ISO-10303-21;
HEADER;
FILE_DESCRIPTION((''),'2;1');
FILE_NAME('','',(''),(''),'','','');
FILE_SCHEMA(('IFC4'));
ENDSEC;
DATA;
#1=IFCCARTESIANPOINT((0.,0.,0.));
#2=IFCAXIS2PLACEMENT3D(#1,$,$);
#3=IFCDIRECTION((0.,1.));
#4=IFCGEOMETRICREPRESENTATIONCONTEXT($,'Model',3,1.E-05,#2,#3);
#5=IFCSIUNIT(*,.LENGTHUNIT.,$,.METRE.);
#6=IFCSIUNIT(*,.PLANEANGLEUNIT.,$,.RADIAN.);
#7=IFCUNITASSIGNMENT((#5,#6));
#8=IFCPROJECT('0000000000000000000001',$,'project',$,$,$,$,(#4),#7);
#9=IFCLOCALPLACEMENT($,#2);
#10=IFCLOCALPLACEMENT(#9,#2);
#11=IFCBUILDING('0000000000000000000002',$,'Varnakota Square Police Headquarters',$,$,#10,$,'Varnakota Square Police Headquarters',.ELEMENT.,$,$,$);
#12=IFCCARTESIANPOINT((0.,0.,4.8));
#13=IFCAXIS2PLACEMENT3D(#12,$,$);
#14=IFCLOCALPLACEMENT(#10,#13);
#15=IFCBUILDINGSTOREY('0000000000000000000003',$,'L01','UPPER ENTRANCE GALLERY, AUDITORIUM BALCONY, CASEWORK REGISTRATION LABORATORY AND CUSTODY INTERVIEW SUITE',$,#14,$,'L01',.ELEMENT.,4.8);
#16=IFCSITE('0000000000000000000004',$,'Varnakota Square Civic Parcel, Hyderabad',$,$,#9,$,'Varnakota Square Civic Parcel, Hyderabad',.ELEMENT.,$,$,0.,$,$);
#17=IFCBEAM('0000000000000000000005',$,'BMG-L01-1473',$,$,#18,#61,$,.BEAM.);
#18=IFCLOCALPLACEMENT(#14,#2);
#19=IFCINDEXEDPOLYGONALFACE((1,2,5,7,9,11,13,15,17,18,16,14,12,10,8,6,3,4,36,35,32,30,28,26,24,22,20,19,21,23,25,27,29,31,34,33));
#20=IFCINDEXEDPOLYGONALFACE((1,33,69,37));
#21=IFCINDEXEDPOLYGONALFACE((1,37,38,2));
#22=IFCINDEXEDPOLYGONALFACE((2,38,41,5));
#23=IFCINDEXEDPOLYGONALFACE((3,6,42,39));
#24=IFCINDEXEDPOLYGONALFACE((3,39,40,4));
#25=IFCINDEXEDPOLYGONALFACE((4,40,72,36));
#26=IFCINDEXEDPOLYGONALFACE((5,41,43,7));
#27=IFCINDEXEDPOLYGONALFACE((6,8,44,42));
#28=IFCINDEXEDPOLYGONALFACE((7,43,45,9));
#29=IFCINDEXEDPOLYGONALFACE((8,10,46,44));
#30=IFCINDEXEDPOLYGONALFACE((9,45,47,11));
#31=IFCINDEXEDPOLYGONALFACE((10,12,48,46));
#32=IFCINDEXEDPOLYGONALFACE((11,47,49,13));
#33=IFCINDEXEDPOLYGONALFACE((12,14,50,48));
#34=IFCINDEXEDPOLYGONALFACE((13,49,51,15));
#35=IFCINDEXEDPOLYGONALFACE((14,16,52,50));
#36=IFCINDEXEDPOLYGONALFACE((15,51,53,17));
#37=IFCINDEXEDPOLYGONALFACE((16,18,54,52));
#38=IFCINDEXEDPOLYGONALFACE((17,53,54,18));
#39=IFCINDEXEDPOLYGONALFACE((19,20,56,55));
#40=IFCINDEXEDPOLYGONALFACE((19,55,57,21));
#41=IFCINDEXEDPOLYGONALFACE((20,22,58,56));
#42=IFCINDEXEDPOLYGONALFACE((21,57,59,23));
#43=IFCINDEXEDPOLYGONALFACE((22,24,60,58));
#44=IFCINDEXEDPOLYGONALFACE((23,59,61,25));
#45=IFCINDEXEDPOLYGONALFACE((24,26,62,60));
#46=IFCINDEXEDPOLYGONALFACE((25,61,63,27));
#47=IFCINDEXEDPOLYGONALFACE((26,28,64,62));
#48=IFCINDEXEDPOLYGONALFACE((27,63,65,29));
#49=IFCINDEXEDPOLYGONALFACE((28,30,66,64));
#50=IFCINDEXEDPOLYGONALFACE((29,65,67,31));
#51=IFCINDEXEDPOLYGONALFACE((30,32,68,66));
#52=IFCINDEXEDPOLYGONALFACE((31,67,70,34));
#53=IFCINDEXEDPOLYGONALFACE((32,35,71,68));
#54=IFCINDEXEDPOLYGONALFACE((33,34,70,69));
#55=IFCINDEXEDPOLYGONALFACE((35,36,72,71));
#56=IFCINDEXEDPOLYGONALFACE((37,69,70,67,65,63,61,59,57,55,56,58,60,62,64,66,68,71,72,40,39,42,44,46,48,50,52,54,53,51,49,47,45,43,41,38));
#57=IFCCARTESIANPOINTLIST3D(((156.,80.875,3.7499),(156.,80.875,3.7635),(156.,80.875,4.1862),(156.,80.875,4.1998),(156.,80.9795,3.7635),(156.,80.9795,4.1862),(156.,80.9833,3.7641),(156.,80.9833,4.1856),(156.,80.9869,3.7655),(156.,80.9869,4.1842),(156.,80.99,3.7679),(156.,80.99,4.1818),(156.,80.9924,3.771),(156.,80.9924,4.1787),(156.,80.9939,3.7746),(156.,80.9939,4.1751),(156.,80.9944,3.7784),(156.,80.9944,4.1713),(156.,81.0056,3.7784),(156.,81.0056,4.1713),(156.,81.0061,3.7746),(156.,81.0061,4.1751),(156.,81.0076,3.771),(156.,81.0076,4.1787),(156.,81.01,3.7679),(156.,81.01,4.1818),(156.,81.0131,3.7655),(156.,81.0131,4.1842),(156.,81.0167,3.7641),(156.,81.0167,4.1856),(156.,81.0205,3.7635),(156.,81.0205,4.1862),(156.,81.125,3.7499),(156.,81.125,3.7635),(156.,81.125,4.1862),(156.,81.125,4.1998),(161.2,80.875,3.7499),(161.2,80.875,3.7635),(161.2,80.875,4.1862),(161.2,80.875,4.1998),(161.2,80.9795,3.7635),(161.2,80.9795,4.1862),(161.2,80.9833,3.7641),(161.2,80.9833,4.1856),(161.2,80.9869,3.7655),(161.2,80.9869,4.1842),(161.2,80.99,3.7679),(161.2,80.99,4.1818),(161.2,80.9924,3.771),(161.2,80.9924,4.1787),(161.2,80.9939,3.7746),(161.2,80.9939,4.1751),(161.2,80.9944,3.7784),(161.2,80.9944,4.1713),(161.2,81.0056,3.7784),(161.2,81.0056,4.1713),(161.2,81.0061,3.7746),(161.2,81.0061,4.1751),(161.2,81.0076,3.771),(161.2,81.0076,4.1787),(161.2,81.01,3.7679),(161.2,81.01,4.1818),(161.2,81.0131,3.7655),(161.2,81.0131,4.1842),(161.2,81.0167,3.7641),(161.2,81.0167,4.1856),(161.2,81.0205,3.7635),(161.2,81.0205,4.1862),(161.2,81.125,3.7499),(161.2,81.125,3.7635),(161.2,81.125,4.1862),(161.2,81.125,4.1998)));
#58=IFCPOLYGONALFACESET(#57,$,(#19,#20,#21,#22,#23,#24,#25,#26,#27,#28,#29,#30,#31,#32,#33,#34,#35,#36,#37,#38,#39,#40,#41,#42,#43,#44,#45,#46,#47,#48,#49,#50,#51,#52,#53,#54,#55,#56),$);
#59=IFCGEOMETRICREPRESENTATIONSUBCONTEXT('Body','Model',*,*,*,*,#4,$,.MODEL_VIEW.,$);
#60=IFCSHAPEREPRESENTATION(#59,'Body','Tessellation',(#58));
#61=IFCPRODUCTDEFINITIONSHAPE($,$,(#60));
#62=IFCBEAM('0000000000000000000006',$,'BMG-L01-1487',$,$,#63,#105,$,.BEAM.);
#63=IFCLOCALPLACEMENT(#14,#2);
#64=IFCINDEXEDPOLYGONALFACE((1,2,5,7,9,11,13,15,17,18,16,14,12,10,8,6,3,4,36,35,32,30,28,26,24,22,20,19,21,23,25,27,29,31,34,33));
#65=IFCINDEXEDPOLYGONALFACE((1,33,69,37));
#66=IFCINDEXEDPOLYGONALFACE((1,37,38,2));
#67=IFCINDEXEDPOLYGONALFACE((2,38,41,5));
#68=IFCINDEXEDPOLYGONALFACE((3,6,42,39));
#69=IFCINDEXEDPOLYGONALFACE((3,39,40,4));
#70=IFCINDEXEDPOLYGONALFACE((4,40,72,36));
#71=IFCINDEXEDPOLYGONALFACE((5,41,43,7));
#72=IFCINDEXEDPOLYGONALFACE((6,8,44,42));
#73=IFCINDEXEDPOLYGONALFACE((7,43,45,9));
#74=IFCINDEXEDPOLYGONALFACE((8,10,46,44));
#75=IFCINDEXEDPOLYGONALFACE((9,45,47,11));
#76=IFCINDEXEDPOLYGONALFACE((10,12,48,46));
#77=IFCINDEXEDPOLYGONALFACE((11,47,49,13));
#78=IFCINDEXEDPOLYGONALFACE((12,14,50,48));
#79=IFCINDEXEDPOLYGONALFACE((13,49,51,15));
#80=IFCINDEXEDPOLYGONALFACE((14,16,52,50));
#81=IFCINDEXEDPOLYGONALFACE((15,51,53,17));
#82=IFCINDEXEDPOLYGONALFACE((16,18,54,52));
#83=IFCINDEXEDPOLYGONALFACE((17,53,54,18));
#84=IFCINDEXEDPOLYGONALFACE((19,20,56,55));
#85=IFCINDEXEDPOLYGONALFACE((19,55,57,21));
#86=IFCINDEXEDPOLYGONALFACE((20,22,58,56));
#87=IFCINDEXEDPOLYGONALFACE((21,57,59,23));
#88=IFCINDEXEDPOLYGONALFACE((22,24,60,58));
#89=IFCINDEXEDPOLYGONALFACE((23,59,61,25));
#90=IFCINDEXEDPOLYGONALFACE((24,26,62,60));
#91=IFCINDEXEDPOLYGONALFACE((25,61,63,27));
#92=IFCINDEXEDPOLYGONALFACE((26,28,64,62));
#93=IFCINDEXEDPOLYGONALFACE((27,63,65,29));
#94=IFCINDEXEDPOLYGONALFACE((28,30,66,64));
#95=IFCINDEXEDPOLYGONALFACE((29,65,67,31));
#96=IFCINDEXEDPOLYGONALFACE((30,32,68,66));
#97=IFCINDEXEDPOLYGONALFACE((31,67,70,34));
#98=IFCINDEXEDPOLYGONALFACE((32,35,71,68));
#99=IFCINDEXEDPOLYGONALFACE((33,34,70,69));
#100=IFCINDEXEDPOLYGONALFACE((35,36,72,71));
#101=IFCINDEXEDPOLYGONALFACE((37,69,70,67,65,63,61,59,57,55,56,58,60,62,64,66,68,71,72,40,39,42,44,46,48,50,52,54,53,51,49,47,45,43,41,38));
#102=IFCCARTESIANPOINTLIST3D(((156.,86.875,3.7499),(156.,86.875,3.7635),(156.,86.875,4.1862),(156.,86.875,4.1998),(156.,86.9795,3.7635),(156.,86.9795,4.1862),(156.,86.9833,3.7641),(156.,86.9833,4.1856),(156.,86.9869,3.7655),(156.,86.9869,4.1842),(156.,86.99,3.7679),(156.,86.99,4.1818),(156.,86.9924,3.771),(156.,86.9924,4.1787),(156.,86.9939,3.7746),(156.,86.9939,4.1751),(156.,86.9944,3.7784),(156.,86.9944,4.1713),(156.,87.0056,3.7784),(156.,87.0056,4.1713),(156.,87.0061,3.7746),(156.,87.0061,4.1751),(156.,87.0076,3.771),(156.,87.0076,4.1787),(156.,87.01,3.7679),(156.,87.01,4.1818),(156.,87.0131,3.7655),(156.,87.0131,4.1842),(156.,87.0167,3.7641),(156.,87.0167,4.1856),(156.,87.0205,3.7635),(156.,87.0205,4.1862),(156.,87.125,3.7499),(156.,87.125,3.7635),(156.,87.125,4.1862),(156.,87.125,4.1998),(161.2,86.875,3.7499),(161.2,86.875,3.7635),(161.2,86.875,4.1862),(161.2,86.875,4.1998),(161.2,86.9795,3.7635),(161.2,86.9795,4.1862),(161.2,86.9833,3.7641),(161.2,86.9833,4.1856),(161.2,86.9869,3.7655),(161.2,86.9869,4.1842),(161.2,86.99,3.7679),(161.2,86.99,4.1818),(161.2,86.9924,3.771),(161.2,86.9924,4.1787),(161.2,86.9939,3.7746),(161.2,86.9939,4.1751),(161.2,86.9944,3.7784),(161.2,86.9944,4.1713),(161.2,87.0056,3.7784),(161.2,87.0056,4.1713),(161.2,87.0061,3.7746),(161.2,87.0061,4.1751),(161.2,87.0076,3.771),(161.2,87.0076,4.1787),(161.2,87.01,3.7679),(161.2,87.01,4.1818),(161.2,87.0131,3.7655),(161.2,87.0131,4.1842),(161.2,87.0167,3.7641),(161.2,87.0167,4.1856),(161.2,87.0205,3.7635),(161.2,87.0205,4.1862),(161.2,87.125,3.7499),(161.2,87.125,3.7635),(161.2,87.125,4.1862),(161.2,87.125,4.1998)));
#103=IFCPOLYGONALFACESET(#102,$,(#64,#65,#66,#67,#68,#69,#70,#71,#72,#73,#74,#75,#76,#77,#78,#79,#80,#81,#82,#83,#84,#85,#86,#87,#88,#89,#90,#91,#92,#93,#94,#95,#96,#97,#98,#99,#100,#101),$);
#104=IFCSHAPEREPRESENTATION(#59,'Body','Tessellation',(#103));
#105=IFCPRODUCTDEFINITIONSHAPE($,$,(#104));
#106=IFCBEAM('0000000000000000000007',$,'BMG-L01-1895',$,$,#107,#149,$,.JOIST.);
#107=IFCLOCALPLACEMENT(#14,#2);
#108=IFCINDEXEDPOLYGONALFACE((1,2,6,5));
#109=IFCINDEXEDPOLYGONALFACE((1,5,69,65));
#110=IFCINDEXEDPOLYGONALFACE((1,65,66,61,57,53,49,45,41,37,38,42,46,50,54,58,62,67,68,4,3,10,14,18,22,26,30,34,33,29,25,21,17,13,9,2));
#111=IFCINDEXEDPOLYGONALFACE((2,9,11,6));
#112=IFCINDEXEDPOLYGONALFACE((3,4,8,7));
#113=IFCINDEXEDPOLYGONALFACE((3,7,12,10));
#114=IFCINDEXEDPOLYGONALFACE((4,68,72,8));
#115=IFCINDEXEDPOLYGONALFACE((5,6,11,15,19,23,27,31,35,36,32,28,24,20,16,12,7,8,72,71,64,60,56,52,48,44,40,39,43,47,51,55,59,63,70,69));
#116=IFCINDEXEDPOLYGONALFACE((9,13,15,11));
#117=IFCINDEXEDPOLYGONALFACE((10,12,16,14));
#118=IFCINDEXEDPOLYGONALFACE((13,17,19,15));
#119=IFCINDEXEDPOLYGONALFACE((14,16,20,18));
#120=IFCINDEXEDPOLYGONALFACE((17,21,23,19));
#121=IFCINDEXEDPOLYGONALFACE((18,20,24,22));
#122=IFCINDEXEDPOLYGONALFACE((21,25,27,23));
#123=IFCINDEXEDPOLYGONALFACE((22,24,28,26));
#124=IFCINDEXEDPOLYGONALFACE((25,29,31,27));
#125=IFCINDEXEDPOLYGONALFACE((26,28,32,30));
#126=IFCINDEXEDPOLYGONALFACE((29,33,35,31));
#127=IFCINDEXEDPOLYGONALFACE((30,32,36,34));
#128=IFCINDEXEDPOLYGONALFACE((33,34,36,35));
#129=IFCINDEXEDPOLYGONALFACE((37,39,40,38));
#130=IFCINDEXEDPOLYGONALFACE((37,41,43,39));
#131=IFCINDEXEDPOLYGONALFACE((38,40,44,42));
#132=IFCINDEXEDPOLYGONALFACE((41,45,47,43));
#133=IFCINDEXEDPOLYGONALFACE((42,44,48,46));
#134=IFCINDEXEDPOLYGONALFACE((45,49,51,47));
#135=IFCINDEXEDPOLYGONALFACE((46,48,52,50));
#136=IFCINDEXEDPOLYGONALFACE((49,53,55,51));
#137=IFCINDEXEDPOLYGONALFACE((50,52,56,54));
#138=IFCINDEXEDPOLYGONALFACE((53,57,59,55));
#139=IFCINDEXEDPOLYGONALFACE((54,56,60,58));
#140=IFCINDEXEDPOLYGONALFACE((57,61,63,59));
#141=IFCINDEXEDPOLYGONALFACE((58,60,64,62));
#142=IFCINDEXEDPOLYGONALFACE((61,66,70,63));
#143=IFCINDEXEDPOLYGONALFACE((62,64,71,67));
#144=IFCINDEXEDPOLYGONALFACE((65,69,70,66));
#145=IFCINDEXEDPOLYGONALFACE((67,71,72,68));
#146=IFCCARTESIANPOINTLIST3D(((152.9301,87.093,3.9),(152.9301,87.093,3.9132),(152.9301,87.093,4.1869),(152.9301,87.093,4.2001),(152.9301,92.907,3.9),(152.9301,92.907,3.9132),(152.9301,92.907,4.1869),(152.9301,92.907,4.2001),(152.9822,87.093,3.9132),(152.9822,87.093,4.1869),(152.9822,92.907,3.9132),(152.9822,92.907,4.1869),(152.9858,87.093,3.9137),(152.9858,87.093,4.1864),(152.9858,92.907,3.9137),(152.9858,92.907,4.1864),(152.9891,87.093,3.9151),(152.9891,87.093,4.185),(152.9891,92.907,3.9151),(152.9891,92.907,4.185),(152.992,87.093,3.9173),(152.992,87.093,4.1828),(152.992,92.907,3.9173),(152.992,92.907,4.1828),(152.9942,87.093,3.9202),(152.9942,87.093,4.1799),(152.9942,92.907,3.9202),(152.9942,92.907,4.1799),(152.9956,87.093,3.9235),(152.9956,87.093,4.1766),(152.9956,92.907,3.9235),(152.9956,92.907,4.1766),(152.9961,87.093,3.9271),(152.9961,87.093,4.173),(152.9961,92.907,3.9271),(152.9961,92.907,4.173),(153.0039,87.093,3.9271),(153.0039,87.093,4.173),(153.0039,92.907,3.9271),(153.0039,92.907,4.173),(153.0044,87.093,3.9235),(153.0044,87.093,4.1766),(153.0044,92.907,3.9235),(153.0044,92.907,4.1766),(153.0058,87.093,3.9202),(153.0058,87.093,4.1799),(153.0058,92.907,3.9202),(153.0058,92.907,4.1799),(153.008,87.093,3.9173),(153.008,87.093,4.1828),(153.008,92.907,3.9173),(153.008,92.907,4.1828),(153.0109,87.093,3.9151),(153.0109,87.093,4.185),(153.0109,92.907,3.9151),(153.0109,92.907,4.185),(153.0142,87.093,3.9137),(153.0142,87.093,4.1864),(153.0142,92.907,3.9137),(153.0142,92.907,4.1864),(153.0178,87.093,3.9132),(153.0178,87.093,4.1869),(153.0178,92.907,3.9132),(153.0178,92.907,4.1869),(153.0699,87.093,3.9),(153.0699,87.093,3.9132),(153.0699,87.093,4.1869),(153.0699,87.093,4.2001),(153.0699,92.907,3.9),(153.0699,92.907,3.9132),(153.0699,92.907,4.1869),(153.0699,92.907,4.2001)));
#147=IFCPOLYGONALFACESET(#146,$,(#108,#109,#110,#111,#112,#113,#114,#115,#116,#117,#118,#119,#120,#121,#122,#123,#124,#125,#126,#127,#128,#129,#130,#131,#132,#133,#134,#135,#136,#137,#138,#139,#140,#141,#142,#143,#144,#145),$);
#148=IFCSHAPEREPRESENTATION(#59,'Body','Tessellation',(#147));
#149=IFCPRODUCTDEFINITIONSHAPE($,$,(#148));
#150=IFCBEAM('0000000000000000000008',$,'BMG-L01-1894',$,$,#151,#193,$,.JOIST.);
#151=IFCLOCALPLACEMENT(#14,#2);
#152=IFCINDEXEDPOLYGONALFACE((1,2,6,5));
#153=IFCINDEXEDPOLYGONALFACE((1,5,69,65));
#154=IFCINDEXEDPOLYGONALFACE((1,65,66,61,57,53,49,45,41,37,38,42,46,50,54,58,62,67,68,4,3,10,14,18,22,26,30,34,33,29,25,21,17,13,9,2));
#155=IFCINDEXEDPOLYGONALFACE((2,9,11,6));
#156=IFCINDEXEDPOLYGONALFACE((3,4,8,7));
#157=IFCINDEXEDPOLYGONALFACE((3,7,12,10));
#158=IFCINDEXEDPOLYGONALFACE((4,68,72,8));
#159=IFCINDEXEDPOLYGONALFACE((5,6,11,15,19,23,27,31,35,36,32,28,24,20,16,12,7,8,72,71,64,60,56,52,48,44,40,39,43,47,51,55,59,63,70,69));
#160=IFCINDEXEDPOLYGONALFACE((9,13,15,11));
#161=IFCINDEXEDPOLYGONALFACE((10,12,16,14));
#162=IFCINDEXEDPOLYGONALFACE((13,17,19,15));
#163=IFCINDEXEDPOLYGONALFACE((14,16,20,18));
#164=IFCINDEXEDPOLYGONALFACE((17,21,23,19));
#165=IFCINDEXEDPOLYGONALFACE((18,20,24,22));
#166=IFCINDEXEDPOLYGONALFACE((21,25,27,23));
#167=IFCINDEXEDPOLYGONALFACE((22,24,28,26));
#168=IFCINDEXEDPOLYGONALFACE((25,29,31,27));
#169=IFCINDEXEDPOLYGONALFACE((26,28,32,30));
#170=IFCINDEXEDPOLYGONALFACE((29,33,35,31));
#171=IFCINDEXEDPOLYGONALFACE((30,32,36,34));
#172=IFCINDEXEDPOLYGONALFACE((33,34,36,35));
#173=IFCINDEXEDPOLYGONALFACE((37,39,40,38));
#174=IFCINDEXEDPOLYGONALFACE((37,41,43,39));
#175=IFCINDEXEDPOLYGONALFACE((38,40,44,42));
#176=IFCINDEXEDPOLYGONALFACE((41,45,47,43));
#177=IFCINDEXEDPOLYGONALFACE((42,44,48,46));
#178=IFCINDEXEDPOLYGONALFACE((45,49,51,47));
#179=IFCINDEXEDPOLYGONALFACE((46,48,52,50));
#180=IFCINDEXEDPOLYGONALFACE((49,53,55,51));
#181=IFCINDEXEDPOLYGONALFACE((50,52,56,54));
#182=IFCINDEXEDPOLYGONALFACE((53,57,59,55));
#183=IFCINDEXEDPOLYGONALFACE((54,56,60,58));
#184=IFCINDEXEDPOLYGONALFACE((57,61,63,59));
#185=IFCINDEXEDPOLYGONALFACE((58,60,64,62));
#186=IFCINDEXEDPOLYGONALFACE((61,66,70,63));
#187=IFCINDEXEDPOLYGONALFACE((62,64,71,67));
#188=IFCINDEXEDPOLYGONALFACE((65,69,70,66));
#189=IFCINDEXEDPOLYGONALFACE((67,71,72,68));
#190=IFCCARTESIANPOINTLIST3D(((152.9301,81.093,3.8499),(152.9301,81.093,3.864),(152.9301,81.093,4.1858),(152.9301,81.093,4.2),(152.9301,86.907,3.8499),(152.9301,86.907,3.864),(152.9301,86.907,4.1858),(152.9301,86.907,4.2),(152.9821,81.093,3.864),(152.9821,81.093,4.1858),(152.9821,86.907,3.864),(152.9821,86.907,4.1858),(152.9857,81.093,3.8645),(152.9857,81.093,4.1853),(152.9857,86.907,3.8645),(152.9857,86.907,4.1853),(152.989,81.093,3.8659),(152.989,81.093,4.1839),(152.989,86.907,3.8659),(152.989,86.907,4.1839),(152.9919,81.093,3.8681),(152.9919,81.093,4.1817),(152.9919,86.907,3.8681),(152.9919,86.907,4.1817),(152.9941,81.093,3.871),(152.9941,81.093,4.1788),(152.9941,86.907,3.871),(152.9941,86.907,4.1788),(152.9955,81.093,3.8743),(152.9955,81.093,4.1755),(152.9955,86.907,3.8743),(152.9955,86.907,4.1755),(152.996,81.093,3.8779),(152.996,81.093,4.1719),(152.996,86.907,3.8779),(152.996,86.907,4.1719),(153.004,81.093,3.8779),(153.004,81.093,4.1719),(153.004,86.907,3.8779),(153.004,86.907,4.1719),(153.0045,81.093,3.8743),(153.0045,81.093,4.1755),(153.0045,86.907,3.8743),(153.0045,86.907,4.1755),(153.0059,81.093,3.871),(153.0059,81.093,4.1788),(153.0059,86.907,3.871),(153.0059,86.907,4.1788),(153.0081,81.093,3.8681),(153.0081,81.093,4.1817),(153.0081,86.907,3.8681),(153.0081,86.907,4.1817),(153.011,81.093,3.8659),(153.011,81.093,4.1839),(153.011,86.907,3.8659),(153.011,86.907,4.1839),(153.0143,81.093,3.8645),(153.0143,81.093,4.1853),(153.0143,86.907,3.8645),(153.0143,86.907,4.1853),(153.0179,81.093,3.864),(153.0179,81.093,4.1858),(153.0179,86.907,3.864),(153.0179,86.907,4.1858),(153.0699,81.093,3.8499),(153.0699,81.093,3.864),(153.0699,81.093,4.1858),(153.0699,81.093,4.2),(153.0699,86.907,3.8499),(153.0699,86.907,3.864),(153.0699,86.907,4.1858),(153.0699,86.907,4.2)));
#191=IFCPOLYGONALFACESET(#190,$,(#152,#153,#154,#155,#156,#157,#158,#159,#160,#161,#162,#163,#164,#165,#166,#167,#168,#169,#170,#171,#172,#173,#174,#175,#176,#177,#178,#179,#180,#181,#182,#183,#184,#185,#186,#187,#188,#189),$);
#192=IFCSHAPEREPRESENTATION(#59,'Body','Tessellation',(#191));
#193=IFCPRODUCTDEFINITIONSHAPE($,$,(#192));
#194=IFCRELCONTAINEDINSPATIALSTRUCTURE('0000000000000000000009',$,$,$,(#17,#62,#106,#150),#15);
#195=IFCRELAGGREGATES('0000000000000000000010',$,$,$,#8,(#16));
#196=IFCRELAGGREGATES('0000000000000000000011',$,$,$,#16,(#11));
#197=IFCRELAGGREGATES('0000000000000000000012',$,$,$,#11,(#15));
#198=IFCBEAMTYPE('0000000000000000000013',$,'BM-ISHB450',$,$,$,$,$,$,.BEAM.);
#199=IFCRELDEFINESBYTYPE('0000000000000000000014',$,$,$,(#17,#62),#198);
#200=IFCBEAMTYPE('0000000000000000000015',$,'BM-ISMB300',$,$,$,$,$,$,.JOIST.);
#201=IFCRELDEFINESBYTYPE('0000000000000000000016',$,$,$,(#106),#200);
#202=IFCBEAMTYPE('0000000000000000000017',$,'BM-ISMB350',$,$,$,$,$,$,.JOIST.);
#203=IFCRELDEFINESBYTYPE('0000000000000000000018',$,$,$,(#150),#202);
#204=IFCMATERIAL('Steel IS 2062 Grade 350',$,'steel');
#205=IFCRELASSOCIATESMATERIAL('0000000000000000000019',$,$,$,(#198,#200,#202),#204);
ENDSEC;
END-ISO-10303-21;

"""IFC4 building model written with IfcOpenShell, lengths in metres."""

from ifc_helpers import new_model, si_unit, direction, frame, origin, origin_2d, place, context, subcontext, project, spatial, i_section, extrude, material, material_profile, profile_set, type_object, element, save


model = new_model("IFC4")

# Units and contexts
model_context = context("Model", 3, precision=1e-05, world=origin(), true_north=direction((0.0, 1.0)))
body_context = subcontext(model_context, "Body", "Model", "MODEL_VIEW")
ifc_project = project(units=[si_unit("LENGTHUNIT", "METRE"), si_unit("PLANEANGLEUNIT", "RADIAN")], contexts=[model_context])

# Site, building, storey
site_placement = place(None, origin())
site = spatial("IfcSite", under=ifc_project, at=site_placement, Name="Varnakota Square Civic Parcel, Hyderabad", LongName="Varnakota Square Civic Parcel, Hyderabad", CompositionType="ELEMENT", RefElevation=0.0)
building_placement = place(site_placement, origin())
building = spatial("IfcBuilding", under=site, at=building_placement, Name="Varnakota Square Police Headquarters", LongName="Varnakota Square Police Headquarters", CompositionType="ELEMENT")
storey_placement = place(building_placement, frame((0.0, 0.0, 4.8)))
storey = spatial("IfcBuildingStorey", under=building, at=storey_placement, Name="L01", Description="UPPER ENTRANCE GALLERY, AUDITORIUM BALCONY, CASEWORK REGISTRATION LABORATORY AND CUSTODY INTERVIEW SUITE", LongName="L01", CompositionType="ELEMENT", Elevation=4.8)

# Shared definitions
ifc_material_1 = material(Name="Steel IS 2062 Grade 350", Category="steel")

# Beams
ifc_material_profile_1 = material_profile(ifc_material_1, i_section(OverallWidth=0.25, OverallDepth=0.45, WebThickness=0.0112, FlangeThickness=0.0137, FilletRadius=0.0149, at=origin_2d()), Name="ISHB 450")
ifc_profile_set_1 = profile_set([ifc_material_profile_1], Name="Steel IS 2062 Grade 350")
beam_type_1 = type_object("IfcBeamType", Name="BM-ISHB450", PredefinedType="BEAM", material=ifc_profile_set_1)
for number, where, z_axis, x_axis, name in (
    (1, (156.0, 81.0, 3.9749), (1.0, 0.0, 0.0), (0.0, 1.0, 0.0), "BMG-L01-1473"),
    (2, (156.0, 87.0, 3.9749), (1.0, 0.0, 0.0), (0.0, 1.0, 0.0), "BMG-L01-1487"),
):
    element("IfcBeam", number, at=place(storey_placement, frame(where, z_axis=z_axis, x_axis=x_axis)), inside=storey, type_object=beam_type_1, Name=name, PredefinedType="BEAM", context=body_context, shape_type="SweptSolid", body=[
        extrude(i_section(OverallWidth=0.25, OverallDepth=0.45, WebThickness=0.0112, FlangeThickness=0.0137, FilletRadius=0.0149, at=origin_2d()), origin(), (0.0, 0.0, 1.0), 5.2),
    ])
ifc_material_profile_2 = material_profile(ifc_material_1, i_section(OverallWidth=0.1399, OverallDepth=0.3, WebThickness=0.0078, FlangeThickness=0.0132, FilletRadius=0.0139, at=origin_2d()), Name="ISMB 300")
ifc_profile_set_2 = profile_set([ifc_material_profile_2], Name="Steel IS 2062 Grade 350")
beam_type_2 = type_object("IfcBeamType", Name="BM-ISMB300", PredefinedType="JOIST", material=ifc_profile_set_2)
beam_1_placement = place(storey_placement, frame((153.0, 87.093, 4.05), z_axis=(0.0, 1.0, 0.0), x_axis=(-1.0, 0.0, 0.0)))
element("IfcBeam", 3, at=beam_1_placement, inside=storey, type_object=beam_type_2, Name="BMG-L01-1895", PredefinedType="JOIST", context=body_context, shape_type="SweptSolid", body=[
    extrude(i_section(OverallWidth=0.1399, OverallDepth=0.3, WebThickness=0.0078, FlangeThickness=0.0132, FilletRadius=0.0139, at=origin_2d()), origin(), (0.0, 0.0, 1.0), 5.814),
])
ifc_material_profile_3 = material_profile(ifc_material_1, i_section(OverallWidth=0.1399, OverallDepth=0.3501, WebThickness=0.0081, FlangeThickness=0.0142, FilletRadius=0.0139, at=origin_2d()), Name="ISMB 350")
ifc_profile_set_3 = profile_set([ifc_material_profile_3], Name="Steel IS 2062 Grade 350")
beam_type_3 = type_object("IfcBeamType", Name="BM-ISMB350", PredefinedType="JOIST", material=ifc_profile_set_3)
beam_2_placement = place(storey_placement, frame((153.0, 81.093, 4.0249), z_axis=(0.0, 1.0, 0.0), x_axis=(-1.0, 0.0, 0.0)))
element("IfcBeam", 4, at=beam_2_placement, inside=storey, type_object=beam_type_3, Name="BMG-L01-1894", PredefinedType="JOIST", context=body_context, shape_type="SweptSolid", body=[
    extrude(i_section(OverallWidth=0.1399, OverallDepth=0.3501, WebThickness=0.0081, FlangeThickness=0.0142, FilletRadius=0.0139, at=origin_2d()), origin(), (0.0, 0.0, 1.0), 5.814),
])

save(model, "model.ifc")
